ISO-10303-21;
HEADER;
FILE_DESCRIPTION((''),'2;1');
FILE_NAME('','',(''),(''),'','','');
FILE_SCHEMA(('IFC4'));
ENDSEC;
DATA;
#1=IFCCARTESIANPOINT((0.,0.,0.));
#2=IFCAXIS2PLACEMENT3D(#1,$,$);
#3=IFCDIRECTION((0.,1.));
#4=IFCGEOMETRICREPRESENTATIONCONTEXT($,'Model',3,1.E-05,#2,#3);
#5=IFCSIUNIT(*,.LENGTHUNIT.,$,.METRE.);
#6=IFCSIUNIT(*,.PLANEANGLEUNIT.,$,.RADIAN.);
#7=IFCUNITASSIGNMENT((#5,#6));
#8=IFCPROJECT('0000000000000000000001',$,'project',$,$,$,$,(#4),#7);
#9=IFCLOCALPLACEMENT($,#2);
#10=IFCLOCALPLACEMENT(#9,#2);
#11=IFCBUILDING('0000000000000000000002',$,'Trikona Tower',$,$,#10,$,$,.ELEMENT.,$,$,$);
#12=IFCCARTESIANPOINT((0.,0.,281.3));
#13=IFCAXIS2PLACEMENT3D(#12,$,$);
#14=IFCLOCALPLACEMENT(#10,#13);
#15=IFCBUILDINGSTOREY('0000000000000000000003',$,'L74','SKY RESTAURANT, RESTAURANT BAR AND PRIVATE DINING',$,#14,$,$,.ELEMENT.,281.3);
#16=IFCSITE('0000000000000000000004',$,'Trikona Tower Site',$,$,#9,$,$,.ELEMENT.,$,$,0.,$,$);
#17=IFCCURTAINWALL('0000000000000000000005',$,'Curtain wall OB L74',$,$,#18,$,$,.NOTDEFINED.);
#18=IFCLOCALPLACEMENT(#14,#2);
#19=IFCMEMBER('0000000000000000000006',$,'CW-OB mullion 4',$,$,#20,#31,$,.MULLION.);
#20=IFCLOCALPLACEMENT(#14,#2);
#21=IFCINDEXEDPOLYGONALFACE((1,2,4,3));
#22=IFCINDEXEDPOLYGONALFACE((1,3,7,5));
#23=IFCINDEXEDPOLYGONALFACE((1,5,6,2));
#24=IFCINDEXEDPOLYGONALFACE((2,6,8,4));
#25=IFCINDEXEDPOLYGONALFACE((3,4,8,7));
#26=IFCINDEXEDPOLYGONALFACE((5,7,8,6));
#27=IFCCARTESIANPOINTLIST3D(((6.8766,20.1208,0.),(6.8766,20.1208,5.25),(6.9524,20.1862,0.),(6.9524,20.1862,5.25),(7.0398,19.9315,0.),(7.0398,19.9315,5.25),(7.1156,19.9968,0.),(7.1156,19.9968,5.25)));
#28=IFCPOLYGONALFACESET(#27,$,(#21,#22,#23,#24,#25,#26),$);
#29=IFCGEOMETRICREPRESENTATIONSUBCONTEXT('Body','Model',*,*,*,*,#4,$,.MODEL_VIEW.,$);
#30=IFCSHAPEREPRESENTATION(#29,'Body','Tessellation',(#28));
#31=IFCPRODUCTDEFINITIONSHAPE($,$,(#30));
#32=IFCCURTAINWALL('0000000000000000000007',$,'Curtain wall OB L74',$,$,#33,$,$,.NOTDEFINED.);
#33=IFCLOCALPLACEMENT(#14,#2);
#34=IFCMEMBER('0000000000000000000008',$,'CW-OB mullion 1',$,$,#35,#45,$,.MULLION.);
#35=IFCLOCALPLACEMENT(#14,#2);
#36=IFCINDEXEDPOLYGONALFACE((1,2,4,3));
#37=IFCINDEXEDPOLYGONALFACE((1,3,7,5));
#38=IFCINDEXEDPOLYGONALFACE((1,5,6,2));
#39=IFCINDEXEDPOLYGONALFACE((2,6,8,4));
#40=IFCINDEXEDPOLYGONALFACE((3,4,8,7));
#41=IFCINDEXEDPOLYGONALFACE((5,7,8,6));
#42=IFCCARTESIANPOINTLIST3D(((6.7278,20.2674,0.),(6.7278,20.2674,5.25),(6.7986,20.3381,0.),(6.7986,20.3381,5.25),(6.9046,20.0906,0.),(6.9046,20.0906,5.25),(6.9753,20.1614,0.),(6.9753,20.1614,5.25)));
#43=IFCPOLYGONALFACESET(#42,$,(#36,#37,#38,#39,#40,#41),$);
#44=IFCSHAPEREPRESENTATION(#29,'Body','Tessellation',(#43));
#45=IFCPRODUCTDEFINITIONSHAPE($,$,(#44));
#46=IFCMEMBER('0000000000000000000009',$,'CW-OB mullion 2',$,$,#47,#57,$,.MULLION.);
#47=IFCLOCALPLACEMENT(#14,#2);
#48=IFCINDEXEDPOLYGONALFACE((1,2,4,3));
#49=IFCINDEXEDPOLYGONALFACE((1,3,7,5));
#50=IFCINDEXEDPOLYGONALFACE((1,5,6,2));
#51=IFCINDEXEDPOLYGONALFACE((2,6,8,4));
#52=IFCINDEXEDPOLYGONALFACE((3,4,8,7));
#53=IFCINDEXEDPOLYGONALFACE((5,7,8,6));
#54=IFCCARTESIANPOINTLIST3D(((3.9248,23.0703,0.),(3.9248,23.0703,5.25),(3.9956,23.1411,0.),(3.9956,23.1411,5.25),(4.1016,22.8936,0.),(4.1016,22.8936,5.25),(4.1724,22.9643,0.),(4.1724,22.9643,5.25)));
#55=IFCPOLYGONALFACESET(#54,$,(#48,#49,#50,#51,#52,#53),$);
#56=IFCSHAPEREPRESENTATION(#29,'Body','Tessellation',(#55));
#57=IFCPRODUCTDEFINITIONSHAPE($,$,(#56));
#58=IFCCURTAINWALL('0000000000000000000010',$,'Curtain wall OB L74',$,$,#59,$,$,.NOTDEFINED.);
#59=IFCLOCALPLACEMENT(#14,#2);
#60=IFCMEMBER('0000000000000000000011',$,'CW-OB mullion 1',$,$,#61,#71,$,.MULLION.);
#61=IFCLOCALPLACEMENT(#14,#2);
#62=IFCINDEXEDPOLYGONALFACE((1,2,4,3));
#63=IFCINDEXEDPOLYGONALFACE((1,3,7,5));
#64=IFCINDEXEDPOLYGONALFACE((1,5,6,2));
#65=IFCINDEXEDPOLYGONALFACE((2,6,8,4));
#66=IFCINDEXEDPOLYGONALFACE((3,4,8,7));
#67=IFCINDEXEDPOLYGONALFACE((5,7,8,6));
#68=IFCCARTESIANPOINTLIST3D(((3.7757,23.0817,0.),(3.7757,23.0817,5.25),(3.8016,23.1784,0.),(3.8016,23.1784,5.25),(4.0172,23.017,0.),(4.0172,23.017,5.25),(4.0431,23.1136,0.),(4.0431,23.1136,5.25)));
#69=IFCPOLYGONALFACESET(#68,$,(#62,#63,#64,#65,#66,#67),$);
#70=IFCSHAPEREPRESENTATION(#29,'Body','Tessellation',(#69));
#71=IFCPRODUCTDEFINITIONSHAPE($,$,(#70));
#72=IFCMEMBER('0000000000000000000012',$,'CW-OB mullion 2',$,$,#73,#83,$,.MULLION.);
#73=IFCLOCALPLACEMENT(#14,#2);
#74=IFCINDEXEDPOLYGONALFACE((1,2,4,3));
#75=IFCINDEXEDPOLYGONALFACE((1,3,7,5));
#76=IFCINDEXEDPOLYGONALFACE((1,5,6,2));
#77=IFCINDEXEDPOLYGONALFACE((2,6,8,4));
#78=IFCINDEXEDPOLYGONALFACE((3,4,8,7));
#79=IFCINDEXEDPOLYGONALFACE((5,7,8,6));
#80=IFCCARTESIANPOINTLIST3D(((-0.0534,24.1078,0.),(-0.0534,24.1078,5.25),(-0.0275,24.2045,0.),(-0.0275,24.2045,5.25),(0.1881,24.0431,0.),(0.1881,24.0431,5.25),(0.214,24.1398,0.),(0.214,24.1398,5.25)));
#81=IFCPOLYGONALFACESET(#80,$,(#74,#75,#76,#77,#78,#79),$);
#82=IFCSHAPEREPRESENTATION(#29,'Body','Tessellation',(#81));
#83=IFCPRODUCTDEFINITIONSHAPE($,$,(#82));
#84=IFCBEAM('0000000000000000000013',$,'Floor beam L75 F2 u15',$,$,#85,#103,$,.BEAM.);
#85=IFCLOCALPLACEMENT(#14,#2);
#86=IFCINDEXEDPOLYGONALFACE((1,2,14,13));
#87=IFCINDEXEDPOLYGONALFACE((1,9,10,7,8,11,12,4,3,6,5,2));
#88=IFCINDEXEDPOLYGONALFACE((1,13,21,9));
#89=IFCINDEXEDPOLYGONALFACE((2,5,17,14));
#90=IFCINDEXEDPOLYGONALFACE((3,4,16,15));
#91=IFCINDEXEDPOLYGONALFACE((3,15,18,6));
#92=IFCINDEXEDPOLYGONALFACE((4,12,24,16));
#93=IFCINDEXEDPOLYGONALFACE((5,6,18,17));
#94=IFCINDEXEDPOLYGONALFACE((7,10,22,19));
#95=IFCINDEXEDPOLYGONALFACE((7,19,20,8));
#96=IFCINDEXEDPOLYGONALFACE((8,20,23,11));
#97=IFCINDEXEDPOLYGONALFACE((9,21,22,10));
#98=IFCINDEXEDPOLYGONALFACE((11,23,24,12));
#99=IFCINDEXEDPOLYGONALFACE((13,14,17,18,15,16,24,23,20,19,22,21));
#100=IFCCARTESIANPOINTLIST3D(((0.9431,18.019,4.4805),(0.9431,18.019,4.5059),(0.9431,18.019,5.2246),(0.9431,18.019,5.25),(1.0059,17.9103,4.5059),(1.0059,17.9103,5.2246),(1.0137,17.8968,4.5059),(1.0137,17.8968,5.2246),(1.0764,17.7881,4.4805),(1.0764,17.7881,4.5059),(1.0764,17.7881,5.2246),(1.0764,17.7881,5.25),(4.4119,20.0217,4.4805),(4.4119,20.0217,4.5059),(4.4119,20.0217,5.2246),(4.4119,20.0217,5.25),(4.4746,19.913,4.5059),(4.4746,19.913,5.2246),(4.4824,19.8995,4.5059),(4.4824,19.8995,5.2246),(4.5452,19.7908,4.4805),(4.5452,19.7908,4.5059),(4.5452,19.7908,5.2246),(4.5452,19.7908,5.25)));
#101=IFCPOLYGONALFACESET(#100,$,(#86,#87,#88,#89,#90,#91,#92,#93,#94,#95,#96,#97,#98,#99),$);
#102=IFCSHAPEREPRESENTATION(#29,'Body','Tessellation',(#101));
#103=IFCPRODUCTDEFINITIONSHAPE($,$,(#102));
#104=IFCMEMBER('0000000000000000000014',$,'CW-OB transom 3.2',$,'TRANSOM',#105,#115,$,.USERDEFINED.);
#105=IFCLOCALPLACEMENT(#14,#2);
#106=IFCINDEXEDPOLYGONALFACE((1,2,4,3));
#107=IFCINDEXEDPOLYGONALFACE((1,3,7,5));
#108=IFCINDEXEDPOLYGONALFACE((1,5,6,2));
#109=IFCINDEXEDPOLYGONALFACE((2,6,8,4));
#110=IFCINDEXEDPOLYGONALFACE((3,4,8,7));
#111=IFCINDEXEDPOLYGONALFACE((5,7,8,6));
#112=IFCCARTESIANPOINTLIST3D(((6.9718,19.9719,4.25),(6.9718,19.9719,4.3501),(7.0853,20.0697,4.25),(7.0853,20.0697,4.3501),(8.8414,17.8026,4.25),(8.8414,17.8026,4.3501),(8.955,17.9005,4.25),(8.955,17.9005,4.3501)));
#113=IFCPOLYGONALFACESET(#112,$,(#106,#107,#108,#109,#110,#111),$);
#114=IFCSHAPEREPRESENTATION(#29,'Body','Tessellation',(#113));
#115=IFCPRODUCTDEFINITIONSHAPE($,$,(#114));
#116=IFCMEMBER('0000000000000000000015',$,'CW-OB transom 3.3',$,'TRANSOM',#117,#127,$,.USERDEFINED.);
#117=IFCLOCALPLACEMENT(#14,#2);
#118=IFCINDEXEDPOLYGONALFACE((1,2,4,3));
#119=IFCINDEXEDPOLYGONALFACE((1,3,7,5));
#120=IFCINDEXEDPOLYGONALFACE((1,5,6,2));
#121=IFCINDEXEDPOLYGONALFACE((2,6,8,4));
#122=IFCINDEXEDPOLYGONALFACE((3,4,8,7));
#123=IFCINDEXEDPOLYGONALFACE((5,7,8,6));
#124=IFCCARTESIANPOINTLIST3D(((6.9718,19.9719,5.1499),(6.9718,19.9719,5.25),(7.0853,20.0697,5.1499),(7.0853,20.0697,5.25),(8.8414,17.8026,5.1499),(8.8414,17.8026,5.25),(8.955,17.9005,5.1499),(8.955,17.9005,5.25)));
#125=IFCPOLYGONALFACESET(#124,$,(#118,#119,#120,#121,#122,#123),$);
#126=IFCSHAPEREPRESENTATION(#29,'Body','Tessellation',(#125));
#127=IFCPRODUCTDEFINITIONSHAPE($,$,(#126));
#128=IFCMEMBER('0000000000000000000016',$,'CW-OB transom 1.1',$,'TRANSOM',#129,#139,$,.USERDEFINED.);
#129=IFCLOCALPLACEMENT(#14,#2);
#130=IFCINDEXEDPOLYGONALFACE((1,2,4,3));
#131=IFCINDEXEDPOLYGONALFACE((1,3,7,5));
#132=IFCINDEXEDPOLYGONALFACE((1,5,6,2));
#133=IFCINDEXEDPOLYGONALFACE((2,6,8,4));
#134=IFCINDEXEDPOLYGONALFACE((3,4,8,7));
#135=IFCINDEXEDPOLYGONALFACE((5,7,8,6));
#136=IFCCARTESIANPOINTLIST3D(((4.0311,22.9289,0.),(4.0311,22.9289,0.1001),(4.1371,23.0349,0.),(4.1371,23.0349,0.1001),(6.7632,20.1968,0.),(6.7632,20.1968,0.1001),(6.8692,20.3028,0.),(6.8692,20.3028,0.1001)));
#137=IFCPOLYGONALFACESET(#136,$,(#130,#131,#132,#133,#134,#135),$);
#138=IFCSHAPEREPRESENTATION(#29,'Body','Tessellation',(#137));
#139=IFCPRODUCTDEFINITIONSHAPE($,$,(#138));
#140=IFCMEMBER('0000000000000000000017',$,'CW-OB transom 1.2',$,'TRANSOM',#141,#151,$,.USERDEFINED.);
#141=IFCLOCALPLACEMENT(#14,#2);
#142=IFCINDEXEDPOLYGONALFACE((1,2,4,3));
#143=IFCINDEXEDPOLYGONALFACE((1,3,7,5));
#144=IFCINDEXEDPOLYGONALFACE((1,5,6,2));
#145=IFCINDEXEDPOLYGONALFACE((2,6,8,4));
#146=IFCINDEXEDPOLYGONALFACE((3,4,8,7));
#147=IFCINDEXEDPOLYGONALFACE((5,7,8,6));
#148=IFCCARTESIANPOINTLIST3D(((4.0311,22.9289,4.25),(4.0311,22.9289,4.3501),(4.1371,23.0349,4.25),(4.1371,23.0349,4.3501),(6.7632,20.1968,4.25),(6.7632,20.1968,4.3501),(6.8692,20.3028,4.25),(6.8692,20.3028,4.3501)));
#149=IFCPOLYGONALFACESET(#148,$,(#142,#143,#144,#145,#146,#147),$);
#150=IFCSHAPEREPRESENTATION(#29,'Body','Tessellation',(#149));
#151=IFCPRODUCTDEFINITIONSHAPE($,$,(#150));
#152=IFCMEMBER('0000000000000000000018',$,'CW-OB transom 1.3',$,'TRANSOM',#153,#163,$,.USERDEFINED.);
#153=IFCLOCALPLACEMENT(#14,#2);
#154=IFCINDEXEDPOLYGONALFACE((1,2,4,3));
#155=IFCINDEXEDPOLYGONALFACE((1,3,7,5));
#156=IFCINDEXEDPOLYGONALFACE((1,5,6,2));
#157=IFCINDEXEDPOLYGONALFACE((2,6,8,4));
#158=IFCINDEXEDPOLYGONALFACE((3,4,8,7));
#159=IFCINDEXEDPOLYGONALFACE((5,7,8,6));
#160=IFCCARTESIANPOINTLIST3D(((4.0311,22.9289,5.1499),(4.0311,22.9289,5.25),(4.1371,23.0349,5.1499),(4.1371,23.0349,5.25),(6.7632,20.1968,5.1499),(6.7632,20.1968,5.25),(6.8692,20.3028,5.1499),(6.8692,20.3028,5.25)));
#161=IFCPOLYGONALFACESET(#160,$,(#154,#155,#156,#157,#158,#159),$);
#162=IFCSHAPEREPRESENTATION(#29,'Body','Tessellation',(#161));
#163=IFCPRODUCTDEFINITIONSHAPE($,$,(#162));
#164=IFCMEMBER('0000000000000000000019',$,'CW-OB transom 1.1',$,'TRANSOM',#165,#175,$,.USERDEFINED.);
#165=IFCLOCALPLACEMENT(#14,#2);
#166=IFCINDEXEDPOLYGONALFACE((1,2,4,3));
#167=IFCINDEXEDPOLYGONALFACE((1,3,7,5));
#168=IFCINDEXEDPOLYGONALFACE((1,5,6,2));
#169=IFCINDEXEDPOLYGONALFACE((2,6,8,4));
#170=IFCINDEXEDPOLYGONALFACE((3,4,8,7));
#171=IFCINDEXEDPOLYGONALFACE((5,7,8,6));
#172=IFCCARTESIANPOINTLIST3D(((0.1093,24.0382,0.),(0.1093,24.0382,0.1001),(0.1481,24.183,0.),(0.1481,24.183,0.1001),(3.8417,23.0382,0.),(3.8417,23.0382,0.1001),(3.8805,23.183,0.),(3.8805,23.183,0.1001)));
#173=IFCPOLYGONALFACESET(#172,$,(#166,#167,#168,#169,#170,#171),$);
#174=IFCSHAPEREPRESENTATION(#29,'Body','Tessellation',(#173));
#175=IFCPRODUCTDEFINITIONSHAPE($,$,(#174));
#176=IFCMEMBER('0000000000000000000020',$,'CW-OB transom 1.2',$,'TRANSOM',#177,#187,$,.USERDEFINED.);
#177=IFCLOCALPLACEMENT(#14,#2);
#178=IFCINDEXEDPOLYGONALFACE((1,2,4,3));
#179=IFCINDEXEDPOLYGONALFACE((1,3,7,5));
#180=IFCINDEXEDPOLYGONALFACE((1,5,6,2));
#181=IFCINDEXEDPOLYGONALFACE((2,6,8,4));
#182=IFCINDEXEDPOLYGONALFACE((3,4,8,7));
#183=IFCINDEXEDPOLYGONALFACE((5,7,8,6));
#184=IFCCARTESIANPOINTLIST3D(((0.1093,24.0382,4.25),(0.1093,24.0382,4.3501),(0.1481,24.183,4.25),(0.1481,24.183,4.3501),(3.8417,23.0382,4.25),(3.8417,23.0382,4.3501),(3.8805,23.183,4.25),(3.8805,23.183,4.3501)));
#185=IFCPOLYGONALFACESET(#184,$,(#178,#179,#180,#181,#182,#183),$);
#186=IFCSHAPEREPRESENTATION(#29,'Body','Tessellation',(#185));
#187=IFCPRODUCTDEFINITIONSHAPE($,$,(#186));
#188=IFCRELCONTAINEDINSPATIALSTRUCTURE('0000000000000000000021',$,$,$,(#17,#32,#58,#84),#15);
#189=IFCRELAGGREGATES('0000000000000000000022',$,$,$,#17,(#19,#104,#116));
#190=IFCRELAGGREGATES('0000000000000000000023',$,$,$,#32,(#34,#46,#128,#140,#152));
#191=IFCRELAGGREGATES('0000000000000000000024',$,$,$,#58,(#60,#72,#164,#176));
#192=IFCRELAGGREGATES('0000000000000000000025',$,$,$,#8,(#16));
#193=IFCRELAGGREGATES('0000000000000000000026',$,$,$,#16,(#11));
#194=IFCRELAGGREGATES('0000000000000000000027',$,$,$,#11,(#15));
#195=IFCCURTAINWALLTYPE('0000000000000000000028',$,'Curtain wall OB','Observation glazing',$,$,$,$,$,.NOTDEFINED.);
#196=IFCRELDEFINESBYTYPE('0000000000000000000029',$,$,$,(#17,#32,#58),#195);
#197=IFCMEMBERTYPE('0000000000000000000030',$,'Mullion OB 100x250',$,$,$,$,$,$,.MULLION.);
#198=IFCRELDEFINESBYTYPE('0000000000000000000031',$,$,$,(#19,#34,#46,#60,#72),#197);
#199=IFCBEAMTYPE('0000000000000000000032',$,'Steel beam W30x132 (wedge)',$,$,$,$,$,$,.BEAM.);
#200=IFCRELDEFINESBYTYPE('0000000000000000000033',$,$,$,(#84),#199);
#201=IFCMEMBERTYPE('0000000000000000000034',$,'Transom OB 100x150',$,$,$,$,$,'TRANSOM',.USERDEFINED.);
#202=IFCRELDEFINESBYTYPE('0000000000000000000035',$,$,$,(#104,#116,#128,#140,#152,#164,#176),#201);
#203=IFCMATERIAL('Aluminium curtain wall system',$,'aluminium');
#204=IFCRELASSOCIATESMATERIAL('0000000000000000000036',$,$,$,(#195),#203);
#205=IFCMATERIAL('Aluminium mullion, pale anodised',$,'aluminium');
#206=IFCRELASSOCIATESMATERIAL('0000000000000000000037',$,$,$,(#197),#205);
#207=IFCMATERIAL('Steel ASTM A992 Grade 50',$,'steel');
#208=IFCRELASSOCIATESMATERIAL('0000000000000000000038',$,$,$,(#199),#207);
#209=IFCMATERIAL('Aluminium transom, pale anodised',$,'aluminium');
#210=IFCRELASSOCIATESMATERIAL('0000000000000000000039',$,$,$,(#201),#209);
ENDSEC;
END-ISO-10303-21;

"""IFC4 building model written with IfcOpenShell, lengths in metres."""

from ifc_helpers import new_model, si_unit, direction, frame, origin, origin_2d, place, context, subcontext, project, spatial, rectangle, i_section, extrude, material, material_profile, profile_set, type_object, element, aggregate, save


model = new_model("IFC4")

# Units and contexts
model_context = context("Model", 3, precision=1e-05, world=origin(), true_north=direction((0.0, 1.0)))
body_context = subcontext(model_context, "Body", "Model", "MODEL_VIEW")
ifc_project = project(units=[si_unit("LENGTHUNIT", "METRE"), si_unit("PLANEANGLEUNIT", "RADIAN")], contexts=[model_context])

# Site, building, storey
site_placement = place(None, origin())
site = spatial("IfcSite", under=ifc_project, at=site_placement, Name="Trikona Tower Site", CompositionType="ELEMENT", RefElevation=0.0)
building_placement = place(site_placement, origin())
building = spatial("IfcBuilding", under=site, at=building_placement, Name="Trikona Tower", CompositionType="ELEMENT")
storey_placement = place(building_placement, frame((0.0, 0.0, 281.3)))
storey = spatial("IfcBuildingStorey", under=building, at=storey_placement, Name="L74", Description="SKY RESTAURANT, RESTAURANT BAR AND PRIVATE DINING", CompositionType="ELEMENT", Elevation=281.3)

# Curtain wall, member
ifc_material_1 = material(Name="Aluminium curtain wall system", Category="aluminium")
curtain_wall_type = type_object("IfcCurtainWallType", Name="Curtain wall OB", Description="Observation glazing", PredefinedType="NOTDEFINED", material=ifc_material_1)
curtain_wall_1_placement = place(storey_placement, origin())
curtain_wall_1 = element("IfcCurtainWall", 1, at=curtain_wall_1_placement, inside=storey, type_object=curtain_wall_type, Name="Curtain wall OB L74", PredefinedType="NOTDEFINED")
ifc_material_2 = material(Name="Aluminium mullion, pale anodised", Category="aluminium")
ifc_material_profile_1 = material_profile(ifc_material_2, rectangle(XDim=0.1001, YDim=0.25, at=origin_2d()), Name="MUL-OB")
ifc_profile_set_1 = profile_set([ifc_material_profile_1], Name="Aluminium mullion, pale anodised")
member_type_1 = type_object("IfcMemberType", Name="Mullion OB 100x250", PredefinedType="MULLION", material=ifc_profile_set_1)
member_1_placement = place(storey_placement, frame((6.9961, 20.0588, 0.0), z_axis=(0.0, 0.0, 1.0), x_axis=(-0.757475, -0.652864, 0.0)))
member_1 = element("IfcMember", 2, at=member_1_placement, type_object=member_type_1, Name="CW-OB mullion 4", PredefinedType="MULLION", context=body_context, shape_type="SweptSolid", body=[
    extrude(rectangle(XDim=0.1001, YDim=0.25, at=origin_2d()), origin(), (0.0, 0.0, 1.0), 5.25),
])

# Curtain walls, members
curtain_wall_2_placement = place(storey_placement, origin())
curtain_wall_2 = element("IfcCurtainWall", 3, at=curtain_wall_2_placement, inside=storey, type_object=curtain_wall_type, Name="Curtain wall OB L74", PredefinedType="NOTDEFINED")
member_2_placement = place(storey_placement, frame((6.8516, 20.2144, 0.0), z_axis=(0.0, 0.0, 1.0), x_axis=(-0.707107, -0.707107, 0.0)))
member_2 = element("IfcMember", 4, at=member_2_placement, type_object=member_type_1, Name="CW-OB mullion 1", PredefinedType="MULLION", context=body_context, shape_type="SweptSolid", body=[
    extrude(rectangle(XDim=0.1001, YDim=0.25, at=origin_2d()), origin(), (0.0, 0.0, 1.0), 5.25),
])
member_3_placement = place(storey_placement, frame((4.0486, 23.0173, 0.0), z_axis=(0.0, 0.0, 1.0), x_axis=(-0.707107, -0.707107, 0.0)))
member_3 = element("IfcMember", 5, at=member_3_placement, type_object=member_type_1, Name="CW-OB mullion 2", PredefinedType="MULLION", context=body_context, shape_type="SweptSolid", body=[
    extrude(rectangle(XDim=0.1001, YDim=0.25, at=origin_2d()), origin(), (0.0, 0.0, 1.0), 5.25),
])
curtain_wall_3_placement = place(storey_placement, origin())
curtain_wall_3 = element("IfcCurtainWall", 6, at=curtain_wall_3_placement, inside=storey, type_object=curtain_wall_type, Name="Curtain wall OB L74", PredefinedType="NOTDEFINED")
member_4_placement = place(storey_placement, frame((3.9094, 23.0977, 0.0), z_axis=(0.0, 0.0, 1.0), x_axis=(-0.258828, -0.965923, 0.0)))
member_4 = element("IfcMember", 7, at=member_4_placement, type_object=member_type_1, Name="CW-OB mullion 1", PredefinedType="MULLION", context=body_context, shape_type="SweptSolid", body=[
    extrude(rectangle(XDim=0.1001, YDim=0.25, at=origin_2d()), origin(), (0.0, 0.0, 1.0), 5.25),
])
member_5_placement = place(storey_placement, frame((0.0803, 24.1238, 0.0), z_axis=(0.0, 0.0, 1.0), x_axis=(-0.258828, -0.965923, 0.0)))
member_5 = element("IfcMember", 8, at=member_5_placement, type_object=member_type_1, Name="CW-OB mullion 2", PredefinedType="MULLION", context=body_context, shape_type="SweptSolid", body=[
    extrude(rectangle(XDim=0.1001, YDim=0.25, at=origin_2d()), origin(), (0.0, 0.0, 1.0), 5.25),
])

# Beam
ifc_material_3 = material(Name="Steel ASTM A992 Grade 50", Category="steel")
ifc_material_profile_2 = material_profile(ifc_material_3, i_section(OverallWidth=0.2666, OverallDepth=0.7695, WebThickness=0.0156, FlangeThickness=0.0254, at=origin_2d()), Name="W30X132")
ifc_profile_set_2 = profile_set([ifc_material_profile_2], Name="Steel ASTM A992 Grade 50")
beam_type = type_object("IfcBeamType", Name="Steel beam W30x132 (wedge)", PredefinedType="BEAM", material=ifc_profile_set_2)
beam_placement = place(storey_placement, frame((1.0098, 17.9036, 4.8652), z_axis=(0.866025, 0.5, 0.0), x_axis=(-0.5, 0.866025, 0.0)))
element("IfcBeam", 9, at=beam_placement, inside=storey, type_object=beam_type, Name="Floor beam L75 F2 u15", PredefinedType="BEAM", context=body_context, shape_type="SweptSolid", body=[
    extrude(i_section(OverallWidth=0.2666, OverallDepth=0.7695, WebThickness=0.0156, FlangeThickness=0.0254, at=origin_2d()), origin(), (0.0, 0.0, 1.0), 4.0054),
])

# Members
ifc_material_4 = material(Name="Aluminium transom, pale anodised", Category="aluminium")
ifc_material_profile_3 = material_profile(ifc_material_4, rectangle(XDim=0.1499, YDim=0.1001, at=origin_2d()), Name="TRN-OB")
ifc_profile_set_3 = profile_set([ifc_material_profile_3], Name="Aluminium transom, pale anodised")
member_type_2 = type_object("IfcMemberType", Name="Transom OB 100x150", ElementType="TRANSOM", PredefinedType="USERDEFINED", material=ifc_profile_set_3)
member_6_placement = place(storey_placement, frame((8.8982, 17.8516, 4.3), z_axis=(-0.652867, 0.757472, 0.0), x_axis=(-0.757472, -0.652867, 0.0)))
member_6 = element("IfcMember", 10, at=member_6_placement, type_object=member_type_2, Name="CW-OB transom 3.2", ObjectType="TRANSOM", PredefinedType="USERDEFINED", context=body_context, shape_type="SweptSolid", body=[
    extrude(rectangle(XDim=0.1499, YDim=0.1001, at=origin_2d()), origin(), (0.0, 0.0, 1.0), 2.8638),
])
member_7_placement = place(storey_placement, frame((8.8982, 17.8516, 5.2), z_axis=(-0.652867, 0.757472, 0.0), x_axis=(-0.757472, -0.652867, 0.0)))
member_7 = element("IfcMember", 11, at=member_7_placement, type_object=member_type_2, Name="CW-OB transom 3.3", ObjectType="TRANSOM", PredefinedType="USERDEFINED", context=body_context, shape_type="SweptSolid", body=[
    extrude(rectangle(XDim=0.1499, YDim=0.1001, at=origin_2d()), origin(), (0.0, 0.0, 1.0), 2.8638),
])
member_8_placement = place(storey_placement, frame((6.8162, 20.2498, 0.05), z_axis=(-0.707107, 0.707107, 0.0), x_axis=(-0.707107, -0.707107, 0.0)))
member_8 = element("IfcMember", 12, at=member_8_placement, type_object=member_type_2, Name="CW-OB transom 1.1", ObjectType="TRANSOM", PredefinedType="USERDEFINED", context=body_context, shape_type="SweptSolid", body=[
    extrude(rectangle(XDim=0.1499, YDim=0.1001, at=origin_2d()), origin(), (0.0, 0.0, 1.0), 3.8638),
])
member_9_placement = place(storey_placement, frame((6.8162, 20.2498, 4.3), z_axis=(-0.707107, 0.707107, 0.0), x_axis=(-0.707107, -0.707107, 0.0)))
member_9 = element("IfcMember", 13, at=member_9_placement, type_object=member_type_2, Name="CW-OB transom 1.2", ObjectType="TRANSOM", PredefinedType="USERDEFINED", context=body_context, shape_type="SweptSolid", body=[
    extrude(rectangle(XDim=0.1499, YDim=0.1001, at=origin_2d()), origin(), (0.0, 0.0, 1.0), 3.8638),
])
member_10_placement = place(storey_placement, frame((6.8162, 20.2498, 5.2), z_axis=(-0.707107, 0.707107, 0.0), x_axis=(-0.707107, -0.707107, 0.0)))
member_10 = element("IfcMember", 14, at=member_10_placement, type_object=member_type_2, Name="CW-OB transom 1.3", ObjectType="TRANSOM", PredefinedType="USERDEFINED", context=body_context, shape_type="SweptSolid", body=[
    extrude(rectangle(XDim=0.1499, YDim=0.1001, at=origin_2d()), origin(), (0.0, 0.0, 1.0), 3.8638),
])
member_11_placement = place(storey_placement, frame((3.8611, 23.1106, 0.05), z_axis=(-0.965932, 0.258795, 0.0), x_axis=(-0.258795, -0.965932, 0.0)))
member_11 = element("IfcMember", 15, at=member_11_placement, type_object=member_type_2, Name="CW-OB transom 1.1", ObjectType="TRANSOM", PredefinedType="USERDEFINED", context=body_context, shape_type="SweptSolid", body=[
    extrude(rectangle(XDim=0.1499, YDim=0.1001, at=origin_2d()), origin(), (0.0, 0.0, 1.0), 3.864),
])
member_12_placement = place(storey_placement, frame((3.8611, 23.1106, 4.3), z_axis=(-0.965932, 0.258795, 0.0), x_axis=(-0.258795, -0.965932, 0.0)))
member_12 = element("IfcMember", 16, at=member_12_placement, type_object=member_type_2, Name="CW-OB transom 1.2", ObjectType="TRANSOM", PredefinedType="USERDEFINED", context=body_context, shape_type="SweptSolid", body=[
    extrude(rectangle(XDim=0.1499, YDim=0.1001, at=origin_2d()), origin(), (0.0, 0.0, 1.0), 3.864),
])

aggregate(curtain_wall_1, [member_1, member_6, member_7])
aggregate(curtain_wall_2, [member_2, member_3, member_8, member_9, member_10])
aggregate(curtain_wall_3, [member_4, member_5, member_11, member_12])

save(model, "model.ifc")
